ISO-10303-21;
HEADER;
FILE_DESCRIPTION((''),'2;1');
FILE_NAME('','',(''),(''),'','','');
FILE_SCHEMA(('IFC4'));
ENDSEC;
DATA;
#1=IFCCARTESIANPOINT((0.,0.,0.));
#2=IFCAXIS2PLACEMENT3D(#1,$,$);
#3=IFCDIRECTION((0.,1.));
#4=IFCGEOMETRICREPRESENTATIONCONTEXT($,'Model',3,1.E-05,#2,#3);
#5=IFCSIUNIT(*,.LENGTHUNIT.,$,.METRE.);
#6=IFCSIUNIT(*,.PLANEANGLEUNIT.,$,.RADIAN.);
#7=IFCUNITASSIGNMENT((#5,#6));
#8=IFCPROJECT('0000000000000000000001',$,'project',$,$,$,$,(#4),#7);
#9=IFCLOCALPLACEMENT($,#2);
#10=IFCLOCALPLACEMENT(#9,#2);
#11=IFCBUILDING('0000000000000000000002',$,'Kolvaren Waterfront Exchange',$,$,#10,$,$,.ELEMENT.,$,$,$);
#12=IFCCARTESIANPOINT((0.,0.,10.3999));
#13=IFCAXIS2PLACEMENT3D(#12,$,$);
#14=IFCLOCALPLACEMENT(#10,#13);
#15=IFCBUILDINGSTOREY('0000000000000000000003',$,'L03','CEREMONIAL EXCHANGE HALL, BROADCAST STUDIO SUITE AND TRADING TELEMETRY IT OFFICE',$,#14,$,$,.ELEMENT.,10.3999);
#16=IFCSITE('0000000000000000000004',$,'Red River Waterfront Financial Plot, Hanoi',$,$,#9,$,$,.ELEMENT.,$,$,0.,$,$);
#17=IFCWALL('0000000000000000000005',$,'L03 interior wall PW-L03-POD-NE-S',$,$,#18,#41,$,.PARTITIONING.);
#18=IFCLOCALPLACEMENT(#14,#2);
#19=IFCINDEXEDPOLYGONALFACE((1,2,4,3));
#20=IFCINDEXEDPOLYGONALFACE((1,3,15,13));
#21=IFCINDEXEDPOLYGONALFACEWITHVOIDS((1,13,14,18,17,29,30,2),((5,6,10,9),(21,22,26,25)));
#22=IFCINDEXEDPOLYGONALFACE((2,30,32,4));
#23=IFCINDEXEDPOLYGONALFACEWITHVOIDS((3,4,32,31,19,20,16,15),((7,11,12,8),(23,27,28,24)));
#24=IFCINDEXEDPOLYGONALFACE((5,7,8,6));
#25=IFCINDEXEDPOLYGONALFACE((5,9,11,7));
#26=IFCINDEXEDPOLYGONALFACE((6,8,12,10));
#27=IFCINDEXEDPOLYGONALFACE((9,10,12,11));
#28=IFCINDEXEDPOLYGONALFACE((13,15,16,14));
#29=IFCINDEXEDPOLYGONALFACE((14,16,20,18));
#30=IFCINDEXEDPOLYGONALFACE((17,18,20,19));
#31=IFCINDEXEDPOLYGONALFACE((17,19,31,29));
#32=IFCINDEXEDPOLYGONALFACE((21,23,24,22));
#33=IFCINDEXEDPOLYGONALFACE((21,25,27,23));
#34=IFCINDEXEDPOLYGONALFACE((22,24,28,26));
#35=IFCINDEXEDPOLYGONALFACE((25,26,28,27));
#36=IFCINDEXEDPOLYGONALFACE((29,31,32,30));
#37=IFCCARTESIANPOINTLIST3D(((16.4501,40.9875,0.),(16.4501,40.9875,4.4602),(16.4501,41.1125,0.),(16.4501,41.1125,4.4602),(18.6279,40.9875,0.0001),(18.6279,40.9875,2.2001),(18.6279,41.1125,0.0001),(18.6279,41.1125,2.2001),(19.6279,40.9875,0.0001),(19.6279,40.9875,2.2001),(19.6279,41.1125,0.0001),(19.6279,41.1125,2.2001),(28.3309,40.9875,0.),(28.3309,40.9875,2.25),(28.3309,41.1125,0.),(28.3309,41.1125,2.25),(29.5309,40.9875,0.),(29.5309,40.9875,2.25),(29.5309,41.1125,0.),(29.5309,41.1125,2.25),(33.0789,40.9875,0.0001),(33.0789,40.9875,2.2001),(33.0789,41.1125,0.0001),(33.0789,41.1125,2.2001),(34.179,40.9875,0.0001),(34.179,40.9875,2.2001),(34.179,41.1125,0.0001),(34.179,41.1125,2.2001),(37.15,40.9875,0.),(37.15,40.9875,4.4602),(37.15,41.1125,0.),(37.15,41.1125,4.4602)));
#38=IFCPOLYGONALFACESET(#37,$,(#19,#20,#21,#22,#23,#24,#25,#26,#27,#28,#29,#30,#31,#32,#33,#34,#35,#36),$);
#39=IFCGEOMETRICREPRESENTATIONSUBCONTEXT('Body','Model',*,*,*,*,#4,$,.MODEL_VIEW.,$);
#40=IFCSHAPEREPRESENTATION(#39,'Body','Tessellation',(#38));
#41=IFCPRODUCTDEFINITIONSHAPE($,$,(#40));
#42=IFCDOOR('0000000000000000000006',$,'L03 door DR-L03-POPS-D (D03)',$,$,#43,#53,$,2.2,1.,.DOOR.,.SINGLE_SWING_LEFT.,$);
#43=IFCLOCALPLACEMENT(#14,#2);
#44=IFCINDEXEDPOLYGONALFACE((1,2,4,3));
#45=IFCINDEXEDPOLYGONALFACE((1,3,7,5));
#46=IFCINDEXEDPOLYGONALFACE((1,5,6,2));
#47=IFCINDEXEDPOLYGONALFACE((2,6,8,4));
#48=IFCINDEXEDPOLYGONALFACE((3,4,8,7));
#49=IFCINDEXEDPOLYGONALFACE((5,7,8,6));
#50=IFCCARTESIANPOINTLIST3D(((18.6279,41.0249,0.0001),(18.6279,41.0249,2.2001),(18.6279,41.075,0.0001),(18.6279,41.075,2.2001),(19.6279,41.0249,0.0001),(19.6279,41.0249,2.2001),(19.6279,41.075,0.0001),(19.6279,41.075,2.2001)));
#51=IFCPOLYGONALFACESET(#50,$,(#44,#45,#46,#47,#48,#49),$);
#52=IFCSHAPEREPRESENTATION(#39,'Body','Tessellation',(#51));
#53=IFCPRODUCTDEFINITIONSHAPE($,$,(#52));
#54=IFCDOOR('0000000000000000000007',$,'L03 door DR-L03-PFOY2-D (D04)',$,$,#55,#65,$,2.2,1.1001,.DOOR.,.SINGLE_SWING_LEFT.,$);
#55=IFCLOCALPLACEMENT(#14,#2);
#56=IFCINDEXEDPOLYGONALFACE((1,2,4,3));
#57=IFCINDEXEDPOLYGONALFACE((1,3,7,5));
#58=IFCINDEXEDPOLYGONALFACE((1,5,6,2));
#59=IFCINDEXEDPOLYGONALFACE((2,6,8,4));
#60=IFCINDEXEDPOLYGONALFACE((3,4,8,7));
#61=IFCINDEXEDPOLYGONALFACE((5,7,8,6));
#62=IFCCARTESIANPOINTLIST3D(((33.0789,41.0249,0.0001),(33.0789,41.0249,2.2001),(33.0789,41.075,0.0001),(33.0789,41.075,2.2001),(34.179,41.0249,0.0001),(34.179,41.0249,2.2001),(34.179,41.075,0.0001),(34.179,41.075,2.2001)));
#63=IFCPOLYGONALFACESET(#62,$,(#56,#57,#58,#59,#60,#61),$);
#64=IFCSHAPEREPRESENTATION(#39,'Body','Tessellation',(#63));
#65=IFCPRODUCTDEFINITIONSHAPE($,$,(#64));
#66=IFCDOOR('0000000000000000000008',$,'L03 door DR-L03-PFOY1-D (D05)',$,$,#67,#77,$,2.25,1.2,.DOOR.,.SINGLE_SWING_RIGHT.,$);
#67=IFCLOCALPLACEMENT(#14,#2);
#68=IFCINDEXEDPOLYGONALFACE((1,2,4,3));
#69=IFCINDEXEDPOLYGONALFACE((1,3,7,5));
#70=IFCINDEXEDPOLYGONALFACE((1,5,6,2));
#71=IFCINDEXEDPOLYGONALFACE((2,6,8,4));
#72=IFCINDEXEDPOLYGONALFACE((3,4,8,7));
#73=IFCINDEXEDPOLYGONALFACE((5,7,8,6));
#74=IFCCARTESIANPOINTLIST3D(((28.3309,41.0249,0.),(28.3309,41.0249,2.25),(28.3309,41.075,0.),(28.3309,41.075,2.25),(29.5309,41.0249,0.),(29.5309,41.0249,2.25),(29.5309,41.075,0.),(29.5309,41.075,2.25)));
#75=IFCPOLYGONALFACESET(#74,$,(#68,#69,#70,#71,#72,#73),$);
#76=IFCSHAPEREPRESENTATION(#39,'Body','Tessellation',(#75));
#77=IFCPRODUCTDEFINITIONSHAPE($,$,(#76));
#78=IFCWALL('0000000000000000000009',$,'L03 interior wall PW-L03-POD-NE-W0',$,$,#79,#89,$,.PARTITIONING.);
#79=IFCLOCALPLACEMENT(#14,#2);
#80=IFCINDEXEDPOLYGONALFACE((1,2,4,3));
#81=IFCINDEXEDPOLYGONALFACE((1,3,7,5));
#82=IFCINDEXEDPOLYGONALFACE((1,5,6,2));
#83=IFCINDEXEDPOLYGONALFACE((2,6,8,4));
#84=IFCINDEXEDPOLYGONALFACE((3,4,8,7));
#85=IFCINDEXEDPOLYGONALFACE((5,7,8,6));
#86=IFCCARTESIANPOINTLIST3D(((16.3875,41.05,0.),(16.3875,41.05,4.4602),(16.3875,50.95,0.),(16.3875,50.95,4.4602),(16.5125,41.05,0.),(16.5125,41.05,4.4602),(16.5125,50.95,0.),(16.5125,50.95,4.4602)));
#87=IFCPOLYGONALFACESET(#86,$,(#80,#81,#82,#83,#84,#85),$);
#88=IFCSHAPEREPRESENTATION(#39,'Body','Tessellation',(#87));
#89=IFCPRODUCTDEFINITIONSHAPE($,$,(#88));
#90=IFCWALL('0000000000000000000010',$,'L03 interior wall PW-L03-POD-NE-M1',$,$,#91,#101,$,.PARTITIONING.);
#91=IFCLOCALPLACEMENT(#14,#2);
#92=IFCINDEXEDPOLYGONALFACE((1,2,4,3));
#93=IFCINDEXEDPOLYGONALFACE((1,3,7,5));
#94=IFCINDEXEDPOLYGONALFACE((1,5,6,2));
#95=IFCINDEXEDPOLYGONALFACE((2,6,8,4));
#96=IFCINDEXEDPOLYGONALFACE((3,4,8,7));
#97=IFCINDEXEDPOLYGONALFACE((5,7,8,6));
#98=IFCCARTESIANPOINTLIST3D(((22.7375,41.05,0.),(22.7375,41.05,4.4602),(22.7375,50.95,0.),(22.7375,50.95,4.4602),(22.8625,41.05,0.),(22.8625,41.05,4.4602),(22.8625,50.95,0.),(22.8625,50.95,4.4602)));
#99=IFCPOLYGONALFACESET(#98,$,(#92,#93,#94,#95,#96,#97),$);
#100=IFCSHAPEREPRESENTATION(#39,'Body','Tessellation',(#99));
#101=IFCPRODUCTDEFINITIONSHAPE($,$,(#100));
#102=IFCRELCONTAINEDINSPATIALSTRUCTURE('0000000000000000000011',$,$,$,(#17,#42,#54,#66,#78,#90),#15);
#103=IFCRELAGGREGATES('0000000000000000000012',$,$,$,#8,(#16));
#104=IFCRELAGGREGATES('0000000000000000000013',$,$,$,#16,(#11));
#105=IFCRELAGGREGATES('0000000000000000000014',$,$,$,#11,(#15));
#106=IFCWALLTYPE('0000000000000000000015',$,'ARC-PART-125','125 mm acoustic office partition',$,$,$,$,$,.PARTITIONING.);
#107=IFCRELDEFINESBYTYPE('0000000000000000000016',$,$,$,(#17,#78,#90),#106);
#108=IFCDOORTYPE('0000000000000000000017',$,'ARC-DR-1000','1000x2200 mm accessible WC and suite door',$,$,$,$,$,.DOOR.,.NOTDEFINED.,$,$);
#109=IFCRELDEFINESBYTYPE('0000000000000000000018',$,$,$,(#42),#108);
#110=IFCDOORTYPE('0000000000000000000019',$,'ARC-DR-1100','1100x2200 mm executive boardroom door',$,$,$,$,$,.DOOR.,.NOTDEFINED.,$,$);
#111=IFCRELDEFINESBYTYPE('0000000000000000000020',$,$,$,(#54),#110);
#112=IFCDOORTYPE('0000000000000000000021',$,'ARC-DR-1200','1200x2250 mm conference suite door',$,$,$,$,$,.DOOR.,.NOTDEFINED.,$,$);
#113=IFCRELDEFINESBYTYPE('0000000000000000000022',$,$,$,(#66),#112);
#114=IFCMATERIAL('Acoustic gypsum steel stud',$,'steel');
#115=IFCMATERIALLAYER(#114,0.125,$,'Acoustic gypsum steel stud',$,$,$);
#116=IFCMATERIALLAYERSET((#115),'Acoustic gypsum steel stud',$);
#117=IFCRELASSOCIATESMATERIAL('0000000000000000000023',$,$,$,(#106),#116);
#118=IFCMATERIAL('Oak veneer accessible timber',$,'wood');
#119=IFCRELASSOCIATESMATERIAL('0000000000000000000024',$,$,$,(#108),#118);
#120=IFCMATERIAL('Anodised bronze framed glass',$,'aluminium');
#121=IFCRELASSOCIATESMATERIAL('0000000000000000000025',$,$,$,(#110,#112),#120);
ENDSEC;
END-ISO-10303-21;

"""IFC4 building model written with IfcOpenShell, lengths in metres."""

from ifc_helpers import new_model, si_unit, direction, frame, frame_2d, origin, place, context, subcontext, project, spatial, rectangle, extrude, material, layer, layer_set, type_object, element, fill, save


model = new_model("IFC4")

# Units and contexts
model_context = context("Model", 3, precision=1e-05, world=origin(), true_north=direction((0.0, 1.0)))
body_context = subcontext(model_context, "Body", "Model", "MODEL_VIEW")
ifc_project = project(units=[si_unit("LENGTHUNIT", "METRE"), si_unit("PLANEANGLEUNIT", "RADIAN")], contexts=[model_context])

# Site, building, storey
site_placement = place(None, origin())
site = spatial("IfcSite", under=ifc_project, at=site_placement, Name="Red River Waterfront Financial Plot, Hanoi", CompositionType="ELEMENT", RefElevation=0.0)
building_placement = place(site_placement, origin())
building = spatial("IfcBuilding", under=site, at=building_placement, Name="Kolvaren Waterfront Exchange", CompositionType="ELEMENT")
storey_placement = place(building_placement, frame((0.0, 0.0, 10.3999)))
storey = spatial("IfcBuildingStorey", under=building, at=storey_placement, Name="L03", Description="CEREMONIAL EXCHANGE HALL, BROADCAST STUDIO SUITE AND TRADING TELEMETRY IT OFFICE", CompositionType="ELEMENT", Elevation=10.3999)

# Shared definitions
ifc_material_1 = material(Name="Acoustic gypsum steel stud", Category="steel")
ifc_layer_1 = layer(ifc_material_1, 0.125, Name="Acoustic gypsum steel stud")
ifc_layer_set_1 = layer_set([ifc_layer_1], Name="Acoustic gypsum steel stud")
wall_type = type_object("IfcWallType", Name="ARC-PART-125", Description="125 mm acoustic office partition", PredefinedType="PARTITIONING", material=ifc_layer_set_1)
ifc_material_2 = material(Name="Oak veneer accessible timber", Category="wood")
door_type_1 = type_object("IfcDoorType", Name="ARC-DR-1000", Description="1000x2200 mm accessible WC and suite door", OperationType="NOTDEFINED", PredefinedType="DOOR", material=ifc_material_2)

# Wall, openings, doors
wall_1_placement = place(storey_placement, frame((16.45, 41.05, 0.0), z_axis=(0.0, 0.0, 1.0), x_axis=(1.0, 0.0, 0.0)))
wall_1 = element("IfcWall", 1, at=wall_1_placement, inside=storey, type_object=wall_type, Name="L03 interior wall PW-L03-POD-NE-S", PredefinedType="PARTITIONING", context=body_context, shape_type="SweptSolid", body=[
    extrude(rectangle(XDim=20.7, YDim=0.125, at=frame_2d((10.3501, 0.0))), origin(), (0.0, 0.0, 1.0), 4.4602),
])
opening_1_placement = place(wall_1_placement, frame((2.178, 0.0, 0.0)))
opening_1 = element("IfcOpeningElement", 2, at=opening_1_placement, cuts=wall_1, PredefinedType="OPENING", context=body_context, shape_type="SweptSolid", body=[
    extrude(rectangle(XDim=1.0, YDim=2.2, at=frame_2d((0.5, 1.1001))), frame((0.0, 0.0725, 0.0), z_axis=(0.0, -1.0, 0.0), x_axis=(1.0, 0.0, 0.0)), (0.0, 0.0, 1.0), 0.145),
])
opening_2_placement = place(wall_1_placement, frame((11.8809, 0.0, 0.0)))
opening_2 = element("IfcOpeningElement", 3, at=opening_2_placement, cuts=wall_1, PredefinedType="OPENING", context=body_context, shape_type="SweptSolid", body=[
    extrude(rectangle(XDim=1.2, YDim=2.25, at=frame_2d((0.6001, 1.125))), frame((0.0, 0.0725, 0.0), z_axis=(0.0, -1.0, 0.0), x_axis=(1.0, 0.0, 0.0)), (0.0, 0.0, 1.0), 0.145),
])
opening_3_placement = place(wall_1_placement, frame((16.6289, 0.0, 0.0)))
opening_3 = element("IfcOpeningElement", 4, at=opening_3_placement, cuts=wall_1, PredefinedType="OPENING", context=body_context, shape_type="SweptSolid", body=[
    extrude(rectangle(XDim=1.1001, YDim=2.2, at=frame_2d((0.55, 1.1001))), frame((0.0, 0.0725, 0.0), z_axis=(0.0, -1.0, 0.0), x_axis=(1.0, 0.0, 0.0)), (0.0, 0.0, 1.0), 0.145),
])
door_1_placement = place(opening_1_placement, origin())
door_1 = element("IfcDoor", 5, at=door_1_placement, inside=storey, type_object=door_type_1, Name="L03 door DR-L03-POPS-D (D03)", OperationType="SINGLE_SWING_LEFT", OverallHeight=2.2, OverallWidth=1.0, PredefinedType="DOOR", context=body_context, shape_type="SweptSolid", body=[
    extrude(rectangle(XDim=1.0, YDim=2.2, at=frame_2d((0.5, 1.1001))), frame((0.0, 0.0249, 0.0), z_axis=(0.0, -1.0, 0.0), x_axis=(1.0, 0.0, 0.0)), (0.0, 0.0, 1.0), 0.05),
])
fill(opening_1, door_1)
ifc_material_3 = material(Name="Anodised bronze framed glass", Category="aluminium")
door_type_2 = type_object("IfcDoorType", Name="ARC-DR-1100", Description="1100x2200 mm executive boardroom door", OperationType="NOTDEFINED", PredefinedType="DOOR", material=ifc_material_3)
door_2_placement = place(opening_3_placement, origin())
door_2 = element("IfcDoor", 6, at=door_2_placement, inside=storey, type_object=door_type_2, Name="L03 door DR-L03-PFOY2-D (D04)", OperationType="SINGLE_SWING_LEFT", OverallHeight=2.2, OverallWidth=1.1001, PredefinedType="DOOR", context=body_context, shape_type="SweptSolid", body=[
    extrude(rectangle(XDim=1.1001, YDim=2.2, at=frame_2d((0.55, 1.1001))), frame((0.0, 0.0249, 0.0), z_axis=(0.0, -1.0, 0.0), x_axis=(1.0, 0.0, 0.0)), (0.0, 0.0, 1.0), 0.05),
])
fill(opening_3, door_2)
door_type_3 = type_object("IfcDoorType", Name="ARC-DR-1200", Description="1200x2250 mm conference suite door", OperationType="NOTDEFINED", PredefinedType="DOOR", material=ifc_material_3)
door_3_placement = place(opening_2_placement, origin())
door_3 = element("IfcDoor", 7, at=door_3_placement, inside=storey, type_object=door_type_3, Name="L03 door DR-L03-PFOY1-D (D05)", OperationType="SINGLE_SWING_RIGHT", OverallHeight=2.25, OverallWidth=1.2, PredefinedType="DOOR", context=body_context, shape_type="SweptSolid", body=[
    extrude(rectangle(XDim=1.2, YDim=2.25, at=frame_2d((0.6001, 1.125))), frame((0.0, 0.0249, 0.0), z_axis=(0.0, -1.0, 0.0), x_axis=(1.0, 0.0, 0.0)), (0.0, 0.0, 1.0), 0.05),
])
fill(opening_2, door_3)

# Walls
for number, where, z_axis, x_axis, name in (
    (8, (16.45, 41.05, 0.0), (0.0, 0.0, 1.0), (0.0, 1.0, 0.0), "L03 interior wall PW-L03-POD-NE-W0"),
    (9, (22.8, 41.05, 0.0), (0.0, 0.0, 1.0), (0.0, 1.0, 0.0), "L03 interior wall PW-L03-POD-NE-M1"),
):
    element("IfcWall", number, at=place(storey_placement, frame(where, z_axis=z_axis, x_axis=x_axis)), inside=storey, type_object=wall_type, Name=name, PredefinedType="PARTITIONING", context=body_context, shape_type="SweptSolid", body=[
        extrude(rectangle(XDim=9.8999, YDim=0.125, at=frame_2d((4.95, 0.0))), origin(), (0.0, 0.0, 1.0), 4.4602),
    ])

save(model, "model.ifc")
